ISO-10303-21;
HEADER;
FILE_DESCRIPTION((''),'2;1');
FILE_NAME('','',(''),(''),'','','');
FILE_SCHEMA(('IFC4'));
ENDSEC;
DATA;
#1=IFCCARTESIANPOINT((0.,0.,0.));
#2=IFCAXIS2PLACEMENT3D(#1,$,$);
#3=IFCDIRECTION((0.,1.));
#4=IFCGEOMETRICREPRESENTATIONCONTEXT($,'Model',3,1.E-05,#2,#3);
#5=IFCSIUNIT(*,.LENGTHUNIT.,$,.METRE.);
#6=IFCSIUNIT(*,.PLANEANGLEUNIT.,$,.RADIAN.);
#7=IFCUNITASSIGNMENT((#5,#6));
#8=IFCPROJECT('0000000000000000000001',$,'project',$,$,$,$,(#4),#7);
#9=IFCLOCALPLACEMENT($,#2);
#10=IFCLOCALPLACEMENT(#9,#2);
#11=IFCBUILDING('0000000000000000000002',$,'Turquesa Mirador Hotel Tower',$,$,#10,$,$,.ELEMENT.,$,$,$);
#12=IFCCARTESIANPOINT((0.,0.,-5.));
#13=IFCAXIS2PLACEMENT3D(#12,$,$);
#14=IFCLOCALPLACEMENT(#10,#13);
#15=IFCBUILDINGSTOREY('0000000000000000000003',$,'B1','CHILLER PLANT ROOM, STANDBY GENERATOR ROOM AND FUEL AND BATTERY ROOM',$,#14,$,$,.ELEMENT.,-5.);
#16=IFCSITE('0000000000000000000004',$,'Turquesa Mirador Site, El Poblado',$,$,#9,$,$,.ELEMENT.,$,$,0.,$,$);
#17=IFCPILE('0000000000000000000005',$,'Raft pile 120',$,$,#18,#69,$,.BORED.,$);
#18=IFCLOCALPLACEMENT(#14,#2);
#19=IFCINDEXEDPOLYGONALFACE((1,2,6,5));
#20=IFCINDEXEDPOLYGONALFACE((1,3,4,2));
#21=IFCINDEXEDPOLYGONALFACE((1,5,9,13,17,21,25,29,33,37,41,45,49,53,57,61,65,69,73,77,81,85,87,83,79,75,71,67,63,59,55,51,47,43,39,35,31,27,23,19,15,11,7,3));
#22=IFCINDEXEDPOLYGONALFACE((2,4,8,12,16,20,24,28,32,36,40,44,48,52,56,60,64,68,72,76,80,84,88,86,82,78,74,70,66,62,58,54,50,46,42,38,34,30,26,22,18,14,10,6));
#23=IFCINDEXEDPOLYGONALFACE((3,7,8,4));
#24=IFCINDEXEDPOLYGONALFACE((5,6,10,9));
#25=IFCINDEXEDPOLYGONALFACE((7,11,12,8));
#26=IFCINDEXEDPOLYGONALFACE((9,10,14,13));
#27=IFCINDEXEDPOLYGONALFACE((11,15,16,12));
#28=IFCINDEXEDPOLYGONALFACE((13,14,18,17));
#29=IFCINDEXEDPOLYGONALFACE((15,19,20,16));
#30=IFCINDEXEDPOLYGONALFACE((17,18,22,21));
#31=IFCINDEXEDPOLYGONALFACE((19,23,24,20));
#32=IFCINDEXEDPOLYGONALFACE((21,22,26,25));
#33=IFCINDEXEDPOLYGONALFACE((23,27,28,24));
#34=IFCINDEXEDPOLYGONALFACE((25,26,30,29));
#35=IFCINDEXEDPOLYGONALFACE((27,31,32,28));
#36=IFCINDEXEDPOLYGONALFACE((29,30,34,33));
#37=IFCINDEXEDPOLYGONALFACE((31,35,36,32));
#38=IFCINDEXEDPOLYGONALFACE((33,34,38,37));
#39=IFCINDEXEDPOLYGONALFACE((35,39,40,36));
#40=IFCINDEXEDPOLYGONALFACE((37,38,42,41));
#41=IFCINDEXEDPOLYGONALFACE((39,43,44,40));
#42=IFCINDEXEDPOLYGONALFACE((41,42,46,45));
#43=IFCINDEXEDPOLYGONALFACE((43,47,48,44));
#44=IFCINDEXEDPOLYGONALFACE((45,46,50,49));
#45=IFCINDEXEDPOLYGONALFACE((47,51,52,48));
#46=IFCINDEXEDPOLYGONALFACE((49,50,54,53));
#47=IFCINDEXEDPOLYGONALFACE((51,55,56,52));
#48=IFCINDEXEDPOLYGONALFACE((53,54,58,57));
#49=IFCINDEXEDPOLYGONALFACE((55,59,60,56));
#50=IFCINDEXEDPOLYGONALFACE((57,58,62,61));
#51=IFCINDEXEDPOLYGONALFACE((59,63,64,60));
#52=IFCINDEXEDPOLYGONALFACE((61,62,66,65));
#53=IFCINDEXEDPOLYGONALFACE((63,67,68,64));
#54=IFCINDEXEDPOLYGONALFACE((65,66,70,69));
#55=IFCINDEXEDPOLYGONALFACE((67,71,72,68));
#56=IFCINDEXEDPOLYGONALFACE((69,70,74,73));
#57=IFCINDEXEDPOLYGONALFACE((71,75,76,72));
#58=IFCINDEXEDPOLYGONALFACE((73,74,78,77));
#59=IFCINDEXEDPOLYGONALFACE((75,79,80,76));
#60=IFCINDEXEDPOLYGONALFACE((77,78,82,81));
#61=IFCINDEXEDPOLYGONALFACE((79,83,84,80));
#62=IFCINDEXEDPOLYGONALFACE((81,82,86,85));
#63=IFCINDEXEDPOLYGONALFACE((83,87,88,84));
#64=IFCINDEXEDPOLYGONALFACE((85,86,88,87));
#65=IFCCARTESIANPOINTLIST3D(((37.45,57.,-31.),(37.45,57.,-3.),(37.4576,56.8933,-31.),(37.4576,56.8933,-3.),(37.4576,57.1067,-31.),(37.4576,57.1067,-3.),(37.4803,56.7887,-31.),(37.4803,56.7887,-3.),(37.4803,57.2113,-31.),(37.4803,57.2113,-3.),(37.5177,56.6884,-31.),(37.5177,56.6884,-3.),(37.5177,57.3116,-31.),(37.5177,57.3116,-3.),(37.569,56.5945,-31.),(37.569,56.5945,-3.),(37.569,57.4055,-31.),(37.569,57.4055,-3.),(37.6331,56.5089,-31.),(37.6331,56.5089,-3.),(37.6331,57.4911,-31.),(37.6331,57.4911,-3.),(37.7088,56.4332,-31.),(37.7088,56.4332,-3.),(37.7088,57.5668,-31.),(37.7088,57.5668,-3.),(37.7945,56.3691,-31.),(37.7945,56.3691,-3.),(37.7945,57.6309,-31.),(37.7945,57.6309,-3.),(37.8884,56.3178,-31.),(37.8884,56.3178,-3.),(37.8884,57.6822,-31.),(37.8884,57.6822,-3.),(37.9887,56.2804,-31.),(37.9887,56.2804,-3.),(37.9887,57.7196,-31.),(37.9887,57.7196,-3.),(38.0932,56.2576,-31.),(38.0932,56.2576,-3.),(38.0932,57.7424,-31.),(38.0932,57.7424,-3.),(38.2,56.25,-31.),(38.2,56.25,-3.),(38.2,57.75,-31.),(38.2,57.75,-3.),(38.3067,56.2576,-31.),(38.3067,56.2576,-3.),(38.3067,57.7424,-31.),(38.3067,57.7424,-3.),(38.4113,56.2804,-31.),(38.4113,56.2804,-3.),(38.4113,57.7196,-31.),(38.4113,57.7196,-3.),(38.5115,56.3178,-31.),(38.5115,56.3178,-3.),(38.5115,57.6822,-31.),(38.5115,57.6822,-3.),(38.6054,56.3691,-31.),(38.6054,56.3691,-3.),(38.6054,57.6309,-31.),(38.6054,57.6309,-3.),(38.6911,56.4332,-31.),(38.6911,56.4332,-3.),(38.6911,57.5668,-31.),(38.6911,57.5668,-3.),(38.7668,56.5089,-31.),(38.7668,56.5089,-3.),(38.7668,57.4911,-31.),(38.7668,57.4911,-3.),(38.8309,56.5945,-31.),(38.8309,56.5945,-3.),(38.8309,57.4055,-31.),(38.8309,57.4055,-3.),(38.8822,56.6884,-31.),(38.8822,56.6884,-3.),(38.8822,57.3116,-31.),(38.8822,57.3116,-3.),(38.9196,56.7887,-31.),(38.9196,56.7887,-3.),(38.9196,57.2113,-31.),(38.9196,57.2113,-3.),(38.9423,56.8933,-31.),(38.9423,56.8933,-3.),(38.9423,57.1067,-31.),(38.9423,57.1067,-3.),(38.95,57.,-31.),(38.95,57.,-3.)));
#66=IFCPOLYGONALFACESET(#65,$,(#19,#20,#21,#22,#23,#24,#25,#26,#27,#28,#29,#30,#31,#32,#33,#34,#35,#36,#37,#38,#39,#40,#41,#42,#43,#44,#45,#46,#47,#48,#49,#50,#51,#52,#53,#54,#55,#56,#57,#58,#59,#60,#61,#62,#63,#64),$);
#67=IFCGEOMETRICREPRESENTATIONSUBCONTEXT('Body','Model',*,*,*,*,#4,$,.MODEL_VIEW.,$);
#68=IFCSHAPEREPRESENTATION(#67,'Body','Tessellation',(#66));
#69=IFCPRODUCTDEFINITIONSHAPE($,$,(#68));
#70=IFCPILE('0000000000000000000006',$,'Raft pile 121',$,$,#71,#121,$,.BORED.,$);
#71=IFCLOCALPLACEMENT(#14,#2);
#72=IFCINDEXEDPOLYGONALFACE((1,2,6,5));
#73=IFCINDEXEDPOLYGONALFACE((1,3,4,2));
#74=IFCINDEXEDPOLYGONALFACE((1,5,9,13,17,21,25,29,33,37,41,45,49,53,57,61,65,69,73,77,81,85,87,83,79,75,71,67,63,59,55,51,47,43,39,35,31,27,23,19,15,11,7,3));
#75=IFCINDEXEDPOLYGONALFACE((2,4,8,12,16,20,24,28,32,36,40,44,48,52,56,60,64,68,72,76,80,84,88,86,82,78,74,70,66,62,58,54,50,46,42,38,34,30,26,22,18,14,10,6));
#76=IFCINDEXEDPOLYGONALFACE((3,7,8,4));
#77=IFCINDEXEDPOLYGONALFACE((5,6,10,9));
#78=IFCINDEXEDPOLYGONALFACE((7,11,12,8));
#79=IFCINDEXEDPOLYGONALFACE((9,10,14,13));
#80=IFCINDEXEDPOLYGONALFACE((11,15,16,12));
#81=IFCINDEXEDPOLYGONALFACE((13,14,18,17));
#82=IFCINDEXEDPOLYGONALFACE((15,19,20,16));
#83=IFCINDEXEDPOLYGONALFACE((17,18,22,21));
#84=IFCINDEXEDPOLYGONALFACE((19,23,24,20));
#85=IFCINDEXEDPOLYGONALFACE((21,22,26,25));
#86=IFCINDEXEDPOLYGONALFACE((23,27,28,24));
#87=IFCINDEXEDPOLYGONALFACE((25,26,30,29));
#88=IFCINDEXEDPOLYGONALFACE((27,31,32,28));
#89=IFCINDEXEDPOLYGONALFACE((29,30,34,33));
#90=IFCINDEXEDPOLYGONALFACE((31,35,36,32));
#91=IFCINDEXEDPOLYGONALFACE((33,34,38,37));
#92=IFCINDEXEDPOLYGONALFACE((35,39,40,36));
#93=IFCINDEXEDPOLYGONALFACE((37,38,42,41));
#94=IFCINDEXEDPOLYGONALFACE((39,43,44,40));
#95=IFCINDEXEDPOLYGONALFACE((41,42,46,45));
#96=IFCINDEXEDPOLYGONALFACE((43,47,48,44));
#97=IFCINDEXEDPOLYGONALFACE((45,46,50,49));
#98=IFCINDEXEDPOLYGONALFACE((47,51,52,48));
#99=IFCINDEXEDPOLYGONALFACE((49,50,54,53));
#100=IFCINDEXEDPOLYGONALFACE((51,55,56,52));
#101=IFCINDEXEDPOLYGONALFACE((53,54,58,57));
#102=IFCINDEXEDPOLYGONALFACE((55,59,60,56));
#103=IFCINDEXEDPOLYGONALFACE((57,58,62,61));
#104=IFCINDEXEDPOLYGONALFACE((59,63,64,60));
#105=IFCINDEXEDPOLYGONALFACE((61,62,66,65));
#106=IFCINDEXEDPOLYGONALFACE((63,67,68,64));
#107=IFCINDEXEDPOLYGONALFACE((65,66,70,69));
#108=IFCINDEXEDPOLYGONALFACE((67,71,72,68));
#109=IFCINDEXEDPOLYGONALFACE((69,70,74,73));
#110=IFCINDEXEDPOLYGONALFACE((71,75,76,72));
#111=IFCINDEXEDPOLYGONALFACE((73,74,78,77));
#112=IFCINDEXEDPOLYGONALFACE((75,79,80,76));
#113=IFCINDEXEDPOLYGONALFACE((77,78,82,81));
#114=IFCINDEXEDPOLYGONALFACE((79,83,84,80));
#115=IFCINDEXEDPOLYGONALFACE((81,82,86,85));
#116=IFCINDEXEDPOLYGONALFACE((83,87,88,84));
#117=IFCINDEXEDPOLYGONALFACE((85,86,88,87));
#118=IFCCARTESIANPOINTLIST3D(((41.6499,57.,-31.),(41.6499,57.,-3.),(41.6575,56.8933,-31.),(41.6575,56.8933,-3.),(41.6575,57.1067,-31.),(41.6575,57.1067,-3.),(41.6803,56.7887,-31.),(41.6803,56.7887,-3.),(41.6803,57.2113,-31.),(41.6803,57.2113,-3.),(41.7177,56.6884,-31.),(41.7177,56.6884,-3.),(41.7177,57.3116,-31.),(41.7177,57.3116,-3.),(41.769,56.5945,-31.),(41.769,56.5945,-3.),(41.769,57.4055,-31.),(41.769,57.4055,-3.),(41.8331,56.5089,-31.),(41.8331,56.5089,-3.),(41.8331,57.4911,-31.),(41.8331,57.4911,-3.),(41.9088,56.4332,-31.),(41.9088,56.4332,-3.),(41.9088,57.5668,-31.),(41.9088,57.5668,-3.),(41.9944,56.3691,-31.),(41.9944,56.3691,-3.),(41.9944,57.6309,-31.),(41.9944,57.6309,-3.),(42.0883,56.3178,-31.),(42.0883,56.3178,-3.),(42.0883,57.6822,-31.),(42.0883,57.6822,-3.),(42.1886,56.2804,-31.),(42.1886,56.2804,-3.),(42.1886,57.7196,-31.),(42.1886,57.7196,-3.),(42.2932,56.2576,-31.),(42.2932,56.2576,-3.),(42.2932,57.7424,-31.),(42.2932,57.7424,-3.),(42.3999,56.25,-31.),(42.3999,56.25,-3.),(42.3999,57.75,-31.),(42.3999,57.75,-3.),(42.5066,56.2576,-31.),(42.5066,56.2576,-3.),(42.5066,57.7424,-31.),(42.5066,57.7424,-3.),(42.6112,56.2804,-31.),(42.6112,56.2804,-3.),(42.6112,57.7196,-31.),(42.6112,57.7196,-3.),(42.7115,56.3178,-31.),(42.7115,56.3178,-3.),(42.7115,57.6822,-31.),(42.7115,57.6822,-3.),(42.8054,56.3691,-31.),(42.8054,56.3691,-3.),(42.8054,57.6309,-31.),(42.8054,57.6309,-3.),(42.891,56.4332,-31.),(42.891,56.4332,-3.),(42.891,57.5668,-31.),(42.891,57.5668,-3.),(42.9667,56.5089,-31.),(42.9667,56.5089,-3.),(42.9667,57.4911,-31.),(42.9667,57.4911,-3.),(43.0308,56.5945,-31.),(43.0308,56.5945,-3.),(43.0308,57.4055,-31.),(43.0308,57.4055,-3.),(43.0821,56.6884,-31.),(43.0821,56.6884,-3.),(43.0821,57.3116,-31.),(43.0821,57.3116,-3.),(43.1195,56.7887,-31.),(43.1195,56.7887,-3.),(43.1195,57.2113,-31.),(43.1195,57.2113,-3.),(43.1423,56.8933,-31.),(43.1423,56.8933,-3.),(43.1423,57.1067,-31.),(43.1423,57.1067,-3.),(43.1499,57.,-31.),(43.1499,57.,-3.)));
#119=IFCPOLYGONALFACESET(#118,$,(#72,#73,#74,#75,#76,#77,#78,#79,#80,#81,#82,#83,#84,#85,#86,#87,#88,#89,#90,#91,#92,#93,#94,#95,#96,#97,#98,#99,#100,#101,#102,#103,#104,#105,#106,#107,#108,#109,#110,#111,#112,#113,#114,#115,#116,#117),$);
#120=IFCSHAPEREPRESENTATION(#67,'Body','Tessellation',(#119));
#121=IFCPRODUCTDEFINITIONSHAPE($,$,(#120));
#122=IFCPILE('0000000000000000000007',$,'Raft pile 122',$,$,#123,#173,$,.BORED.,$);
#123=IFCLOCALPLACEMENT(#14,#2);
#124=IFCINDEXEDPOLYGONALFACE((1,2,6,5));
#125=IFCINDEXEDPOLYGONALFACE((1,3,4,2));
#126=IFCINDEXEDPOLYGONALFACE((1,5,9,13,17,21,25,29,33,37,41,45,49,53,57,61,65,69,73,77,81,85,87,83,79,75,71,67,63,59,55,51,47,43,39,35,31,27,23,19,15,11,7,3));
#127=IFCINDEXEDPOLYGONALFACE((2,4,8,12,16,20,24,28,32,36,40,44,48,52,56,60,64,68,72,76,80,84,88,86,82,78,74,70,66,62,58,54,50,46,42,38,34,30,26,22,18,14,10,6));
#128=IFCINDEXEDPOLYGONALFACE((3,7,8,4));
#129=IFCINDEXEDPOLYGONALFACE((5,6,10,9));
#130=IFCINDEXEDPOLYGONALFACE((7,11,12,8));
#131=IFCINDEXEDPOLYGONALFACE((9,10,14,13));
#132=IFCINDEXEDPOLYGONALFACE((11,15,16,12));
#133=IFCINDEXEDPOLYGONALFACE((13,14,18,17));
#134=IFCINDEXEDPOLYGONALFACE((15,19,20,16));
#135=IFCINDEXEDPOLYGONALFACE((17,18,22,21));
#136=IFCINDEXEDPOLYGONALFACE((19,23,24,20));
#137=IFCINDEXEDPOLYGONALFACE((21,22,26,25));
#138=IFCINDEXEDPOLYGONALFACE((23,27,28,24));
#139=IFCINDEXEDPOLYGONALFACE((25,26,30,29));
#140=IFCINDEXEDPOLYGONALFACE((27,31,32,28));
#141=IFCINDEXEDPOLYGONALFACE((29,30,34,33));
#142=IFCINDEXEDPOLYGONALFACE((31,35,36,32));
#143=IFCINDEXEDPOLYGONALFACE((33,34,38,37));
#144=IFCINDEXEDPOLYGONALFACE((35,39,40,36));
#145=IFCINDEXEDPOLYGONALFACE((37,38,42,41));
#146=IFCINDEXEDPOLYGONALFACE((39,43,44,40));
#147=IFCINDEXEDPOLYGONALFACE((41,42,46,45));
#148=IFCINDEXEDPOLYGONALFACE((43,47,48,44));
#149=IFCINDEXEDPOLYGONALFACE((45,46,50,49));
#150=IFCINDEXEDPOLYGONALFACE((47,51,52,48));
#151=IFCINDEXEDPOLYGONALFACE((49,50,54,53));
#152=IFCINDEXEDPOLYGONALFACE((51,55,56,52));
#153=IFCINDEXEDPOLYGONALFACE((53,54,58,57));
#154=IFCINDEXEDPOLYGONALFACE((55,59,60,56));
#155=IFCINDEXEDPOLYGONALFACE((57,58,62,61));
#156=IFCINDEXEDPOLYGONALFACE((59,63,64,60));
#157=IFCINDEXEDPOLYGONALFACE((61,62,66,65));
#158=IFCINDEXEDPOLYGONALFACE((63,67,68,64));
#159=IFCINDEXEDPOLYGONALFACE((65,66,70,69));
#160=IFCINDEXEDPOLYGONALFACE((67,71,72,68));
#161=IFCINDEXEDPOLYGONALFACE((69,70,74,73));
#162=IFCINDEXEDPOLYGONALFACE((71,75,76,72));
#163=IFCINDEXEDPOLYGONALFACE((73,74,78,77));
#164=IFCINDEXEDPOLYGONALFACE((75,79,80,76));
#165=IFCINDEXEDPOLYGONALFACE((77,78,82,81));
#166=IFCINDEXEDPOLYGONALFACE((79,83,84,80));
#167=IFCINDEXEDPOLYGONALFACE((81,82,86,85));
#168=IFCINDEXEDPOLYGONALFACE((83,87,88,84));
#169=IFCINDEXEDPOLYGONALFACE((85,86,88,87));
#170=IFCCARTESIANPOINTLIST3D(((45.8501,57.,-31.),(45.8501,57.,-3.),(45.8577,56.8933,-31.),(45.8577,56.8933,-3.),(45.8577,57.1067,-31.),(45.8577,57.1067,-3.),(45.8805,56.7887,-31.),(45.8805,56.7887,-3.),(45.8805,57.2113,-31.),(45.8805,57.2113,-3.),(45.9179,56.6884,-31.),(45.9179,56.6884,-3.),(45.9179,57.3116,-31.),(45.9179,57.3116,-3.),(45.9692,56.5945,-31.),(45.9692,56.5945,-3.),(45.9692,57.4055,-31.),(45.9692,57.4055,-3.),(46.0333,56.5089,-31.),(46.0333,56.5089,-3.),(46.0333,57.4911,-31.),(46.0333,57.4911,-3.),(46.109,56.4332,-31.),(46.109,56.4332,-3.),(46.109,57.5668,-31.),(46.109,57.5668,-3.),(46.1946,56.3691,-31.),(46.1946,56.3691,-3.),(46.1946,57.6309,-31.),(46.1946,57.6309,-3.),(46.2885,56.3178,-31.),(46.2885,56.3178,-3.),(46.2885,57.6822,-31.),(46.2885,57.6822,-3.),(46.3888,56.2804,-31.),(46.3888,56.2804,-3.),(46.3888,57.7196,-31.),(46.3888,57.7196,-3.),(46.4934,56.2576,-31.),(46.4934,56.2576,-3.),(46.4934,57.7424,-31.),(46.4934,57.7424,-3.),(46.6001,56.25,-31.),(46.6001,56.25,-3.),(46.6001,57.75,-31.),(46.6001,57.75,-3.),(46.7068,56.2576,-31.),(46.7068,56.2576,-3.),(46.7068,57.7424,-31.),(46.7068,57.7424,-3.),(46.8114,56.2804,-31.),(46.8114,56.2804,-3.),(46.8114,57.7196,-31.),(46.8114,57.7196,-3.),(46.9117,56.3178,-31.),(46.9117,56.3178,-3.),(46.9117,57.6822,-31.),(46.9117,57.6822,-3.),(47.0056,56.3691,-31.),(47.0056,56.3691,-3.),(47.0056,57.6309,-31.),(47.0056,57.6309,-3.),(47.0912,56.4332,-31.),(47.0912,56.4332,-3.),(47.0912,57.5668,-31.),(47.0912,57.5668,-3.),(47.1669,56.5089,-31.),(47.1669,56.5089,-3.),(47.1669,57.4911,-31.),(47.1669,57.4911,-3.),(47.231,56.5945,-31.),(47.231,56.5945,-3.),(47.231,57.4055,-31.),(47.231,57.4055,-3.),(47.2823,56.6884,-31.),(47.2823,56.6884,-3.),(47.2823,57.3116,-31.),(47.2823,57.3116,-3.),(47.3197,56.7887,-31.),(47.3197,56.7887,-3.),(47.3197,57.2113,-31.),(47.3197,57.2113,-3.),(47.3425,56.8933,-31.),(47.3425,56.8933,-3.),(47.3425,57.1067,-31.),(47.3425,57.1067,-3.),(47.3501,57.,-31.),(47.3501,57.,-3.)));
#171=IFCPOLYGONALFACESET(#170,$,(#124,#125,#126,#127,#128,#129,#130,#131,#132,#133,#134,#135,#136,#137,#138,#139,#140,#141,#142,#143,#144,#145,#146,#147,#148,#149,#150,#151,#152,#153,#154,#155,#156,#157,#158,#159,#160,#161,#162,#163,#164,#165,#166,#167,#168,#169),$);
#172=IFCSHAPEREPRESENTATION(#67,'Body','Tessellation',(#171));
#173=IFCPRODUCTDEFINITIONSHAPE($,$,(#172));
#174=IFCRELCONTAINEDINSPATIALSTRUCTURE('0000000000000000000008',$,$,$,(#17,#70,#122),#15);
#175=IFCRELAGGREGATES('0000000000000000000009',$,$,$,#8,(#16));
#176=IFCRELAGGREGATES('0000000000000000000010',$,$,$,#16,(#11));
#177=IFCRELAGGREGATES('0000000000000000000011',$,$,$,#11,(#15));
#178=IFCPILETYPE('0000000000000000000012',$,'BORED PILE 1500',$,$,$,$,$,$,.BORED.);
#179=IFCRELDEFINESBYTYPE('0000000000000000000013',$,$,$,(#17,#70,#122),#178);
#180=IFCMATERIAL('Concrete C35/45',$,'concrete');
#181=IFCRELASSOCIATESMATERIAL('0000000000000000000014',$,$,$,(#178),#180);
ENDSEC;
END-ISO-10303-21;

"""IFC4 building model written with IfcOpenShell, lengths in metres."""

from ifc_helpers import new_model, si_unit, direction, frame, origin, origin_2d, place, context, subcontext, project, spatial, circle, extrude, material, type_object, element, save


model = new_model("IFC4")

# Units and contexts
model_context = context("Model", 3, precision=1e-05, world=origin(), true_north=direction((0.0, 1.0)))
body_context = subcontext(model_context, "Body", "Model", "MODEL_VIEW")
ifc_project = project(units=[si_unit("LENGTHUNIT", "METRE"), si_unit("PLANEANGLEUNIT", "RADIAN")], contexts=[model_context])

# Site, building, storey
site_placement = place(None, origin())
site = spatial("IfcSite", under=ifc_project, at=site_placement, Name="Turquesa Mirador Site, El Poblado", CompositionType="ELEMENT", RefElevation=0.0)
building_placement = place(site_placement, origin())
building = spatial("IfcBuilding", under=site, at=building_placement, Name="Turquesa Mirador Hotel Tower", CompositionType="ELEMENT")
storey_placement = place(building_placement, frame((0.0, 0.0, -5.0)))
storey = spatial("IfcBuildingStorey", under=building, at=storey_placement, Name="B1", Description="CHILLER PLANT ROOM, STANDBY GENERATOR ROOM AND FUEL AND BATTERY ROOM", CompositionType="ELEMENT", Elevation=-5.0)

# Piles
ifc_material_1 = material(Name="Concrete C35/45", Category="concrete")
pile_type = type_object("IfcPileType", Name="BORED PILE 1500", PredefinedType="BORED", material=ifc_material_1)
for number, where, z_axis, x_axis, name in (
    (1, (38.2, 57.0, -3.0), (0.0, 0.0, -1.0), (1.0, 0.0, 0.0), "Raft pile 120"),
    (2, (42.3999, 57.0, -3.0), (0.0, 0.0, -1.0), (1.0, 0.0, 0.0), "Raft pile 121"),
    (3, (46.6001, 57.0, -3.0), (0.0, 0.0, -1.0), (1.0, 0.0, 0.0), "Raft pile 122"),
):
    element("IfcPile", number, at=place(storey_placement, frame(where, z_axis=z_axis, x_axis=x_axis)), inside=storey, type_object=pile_type, Name=name, PredefinedType="BORED", context=body_context, shape_type="SweptSolid", body=[
        extrude(circle(Radius=0.75, at=origin_2d()), origin(), (0.0, 0.0, 1.0), 28.0),
    ])

save(model, "model.ifc")
